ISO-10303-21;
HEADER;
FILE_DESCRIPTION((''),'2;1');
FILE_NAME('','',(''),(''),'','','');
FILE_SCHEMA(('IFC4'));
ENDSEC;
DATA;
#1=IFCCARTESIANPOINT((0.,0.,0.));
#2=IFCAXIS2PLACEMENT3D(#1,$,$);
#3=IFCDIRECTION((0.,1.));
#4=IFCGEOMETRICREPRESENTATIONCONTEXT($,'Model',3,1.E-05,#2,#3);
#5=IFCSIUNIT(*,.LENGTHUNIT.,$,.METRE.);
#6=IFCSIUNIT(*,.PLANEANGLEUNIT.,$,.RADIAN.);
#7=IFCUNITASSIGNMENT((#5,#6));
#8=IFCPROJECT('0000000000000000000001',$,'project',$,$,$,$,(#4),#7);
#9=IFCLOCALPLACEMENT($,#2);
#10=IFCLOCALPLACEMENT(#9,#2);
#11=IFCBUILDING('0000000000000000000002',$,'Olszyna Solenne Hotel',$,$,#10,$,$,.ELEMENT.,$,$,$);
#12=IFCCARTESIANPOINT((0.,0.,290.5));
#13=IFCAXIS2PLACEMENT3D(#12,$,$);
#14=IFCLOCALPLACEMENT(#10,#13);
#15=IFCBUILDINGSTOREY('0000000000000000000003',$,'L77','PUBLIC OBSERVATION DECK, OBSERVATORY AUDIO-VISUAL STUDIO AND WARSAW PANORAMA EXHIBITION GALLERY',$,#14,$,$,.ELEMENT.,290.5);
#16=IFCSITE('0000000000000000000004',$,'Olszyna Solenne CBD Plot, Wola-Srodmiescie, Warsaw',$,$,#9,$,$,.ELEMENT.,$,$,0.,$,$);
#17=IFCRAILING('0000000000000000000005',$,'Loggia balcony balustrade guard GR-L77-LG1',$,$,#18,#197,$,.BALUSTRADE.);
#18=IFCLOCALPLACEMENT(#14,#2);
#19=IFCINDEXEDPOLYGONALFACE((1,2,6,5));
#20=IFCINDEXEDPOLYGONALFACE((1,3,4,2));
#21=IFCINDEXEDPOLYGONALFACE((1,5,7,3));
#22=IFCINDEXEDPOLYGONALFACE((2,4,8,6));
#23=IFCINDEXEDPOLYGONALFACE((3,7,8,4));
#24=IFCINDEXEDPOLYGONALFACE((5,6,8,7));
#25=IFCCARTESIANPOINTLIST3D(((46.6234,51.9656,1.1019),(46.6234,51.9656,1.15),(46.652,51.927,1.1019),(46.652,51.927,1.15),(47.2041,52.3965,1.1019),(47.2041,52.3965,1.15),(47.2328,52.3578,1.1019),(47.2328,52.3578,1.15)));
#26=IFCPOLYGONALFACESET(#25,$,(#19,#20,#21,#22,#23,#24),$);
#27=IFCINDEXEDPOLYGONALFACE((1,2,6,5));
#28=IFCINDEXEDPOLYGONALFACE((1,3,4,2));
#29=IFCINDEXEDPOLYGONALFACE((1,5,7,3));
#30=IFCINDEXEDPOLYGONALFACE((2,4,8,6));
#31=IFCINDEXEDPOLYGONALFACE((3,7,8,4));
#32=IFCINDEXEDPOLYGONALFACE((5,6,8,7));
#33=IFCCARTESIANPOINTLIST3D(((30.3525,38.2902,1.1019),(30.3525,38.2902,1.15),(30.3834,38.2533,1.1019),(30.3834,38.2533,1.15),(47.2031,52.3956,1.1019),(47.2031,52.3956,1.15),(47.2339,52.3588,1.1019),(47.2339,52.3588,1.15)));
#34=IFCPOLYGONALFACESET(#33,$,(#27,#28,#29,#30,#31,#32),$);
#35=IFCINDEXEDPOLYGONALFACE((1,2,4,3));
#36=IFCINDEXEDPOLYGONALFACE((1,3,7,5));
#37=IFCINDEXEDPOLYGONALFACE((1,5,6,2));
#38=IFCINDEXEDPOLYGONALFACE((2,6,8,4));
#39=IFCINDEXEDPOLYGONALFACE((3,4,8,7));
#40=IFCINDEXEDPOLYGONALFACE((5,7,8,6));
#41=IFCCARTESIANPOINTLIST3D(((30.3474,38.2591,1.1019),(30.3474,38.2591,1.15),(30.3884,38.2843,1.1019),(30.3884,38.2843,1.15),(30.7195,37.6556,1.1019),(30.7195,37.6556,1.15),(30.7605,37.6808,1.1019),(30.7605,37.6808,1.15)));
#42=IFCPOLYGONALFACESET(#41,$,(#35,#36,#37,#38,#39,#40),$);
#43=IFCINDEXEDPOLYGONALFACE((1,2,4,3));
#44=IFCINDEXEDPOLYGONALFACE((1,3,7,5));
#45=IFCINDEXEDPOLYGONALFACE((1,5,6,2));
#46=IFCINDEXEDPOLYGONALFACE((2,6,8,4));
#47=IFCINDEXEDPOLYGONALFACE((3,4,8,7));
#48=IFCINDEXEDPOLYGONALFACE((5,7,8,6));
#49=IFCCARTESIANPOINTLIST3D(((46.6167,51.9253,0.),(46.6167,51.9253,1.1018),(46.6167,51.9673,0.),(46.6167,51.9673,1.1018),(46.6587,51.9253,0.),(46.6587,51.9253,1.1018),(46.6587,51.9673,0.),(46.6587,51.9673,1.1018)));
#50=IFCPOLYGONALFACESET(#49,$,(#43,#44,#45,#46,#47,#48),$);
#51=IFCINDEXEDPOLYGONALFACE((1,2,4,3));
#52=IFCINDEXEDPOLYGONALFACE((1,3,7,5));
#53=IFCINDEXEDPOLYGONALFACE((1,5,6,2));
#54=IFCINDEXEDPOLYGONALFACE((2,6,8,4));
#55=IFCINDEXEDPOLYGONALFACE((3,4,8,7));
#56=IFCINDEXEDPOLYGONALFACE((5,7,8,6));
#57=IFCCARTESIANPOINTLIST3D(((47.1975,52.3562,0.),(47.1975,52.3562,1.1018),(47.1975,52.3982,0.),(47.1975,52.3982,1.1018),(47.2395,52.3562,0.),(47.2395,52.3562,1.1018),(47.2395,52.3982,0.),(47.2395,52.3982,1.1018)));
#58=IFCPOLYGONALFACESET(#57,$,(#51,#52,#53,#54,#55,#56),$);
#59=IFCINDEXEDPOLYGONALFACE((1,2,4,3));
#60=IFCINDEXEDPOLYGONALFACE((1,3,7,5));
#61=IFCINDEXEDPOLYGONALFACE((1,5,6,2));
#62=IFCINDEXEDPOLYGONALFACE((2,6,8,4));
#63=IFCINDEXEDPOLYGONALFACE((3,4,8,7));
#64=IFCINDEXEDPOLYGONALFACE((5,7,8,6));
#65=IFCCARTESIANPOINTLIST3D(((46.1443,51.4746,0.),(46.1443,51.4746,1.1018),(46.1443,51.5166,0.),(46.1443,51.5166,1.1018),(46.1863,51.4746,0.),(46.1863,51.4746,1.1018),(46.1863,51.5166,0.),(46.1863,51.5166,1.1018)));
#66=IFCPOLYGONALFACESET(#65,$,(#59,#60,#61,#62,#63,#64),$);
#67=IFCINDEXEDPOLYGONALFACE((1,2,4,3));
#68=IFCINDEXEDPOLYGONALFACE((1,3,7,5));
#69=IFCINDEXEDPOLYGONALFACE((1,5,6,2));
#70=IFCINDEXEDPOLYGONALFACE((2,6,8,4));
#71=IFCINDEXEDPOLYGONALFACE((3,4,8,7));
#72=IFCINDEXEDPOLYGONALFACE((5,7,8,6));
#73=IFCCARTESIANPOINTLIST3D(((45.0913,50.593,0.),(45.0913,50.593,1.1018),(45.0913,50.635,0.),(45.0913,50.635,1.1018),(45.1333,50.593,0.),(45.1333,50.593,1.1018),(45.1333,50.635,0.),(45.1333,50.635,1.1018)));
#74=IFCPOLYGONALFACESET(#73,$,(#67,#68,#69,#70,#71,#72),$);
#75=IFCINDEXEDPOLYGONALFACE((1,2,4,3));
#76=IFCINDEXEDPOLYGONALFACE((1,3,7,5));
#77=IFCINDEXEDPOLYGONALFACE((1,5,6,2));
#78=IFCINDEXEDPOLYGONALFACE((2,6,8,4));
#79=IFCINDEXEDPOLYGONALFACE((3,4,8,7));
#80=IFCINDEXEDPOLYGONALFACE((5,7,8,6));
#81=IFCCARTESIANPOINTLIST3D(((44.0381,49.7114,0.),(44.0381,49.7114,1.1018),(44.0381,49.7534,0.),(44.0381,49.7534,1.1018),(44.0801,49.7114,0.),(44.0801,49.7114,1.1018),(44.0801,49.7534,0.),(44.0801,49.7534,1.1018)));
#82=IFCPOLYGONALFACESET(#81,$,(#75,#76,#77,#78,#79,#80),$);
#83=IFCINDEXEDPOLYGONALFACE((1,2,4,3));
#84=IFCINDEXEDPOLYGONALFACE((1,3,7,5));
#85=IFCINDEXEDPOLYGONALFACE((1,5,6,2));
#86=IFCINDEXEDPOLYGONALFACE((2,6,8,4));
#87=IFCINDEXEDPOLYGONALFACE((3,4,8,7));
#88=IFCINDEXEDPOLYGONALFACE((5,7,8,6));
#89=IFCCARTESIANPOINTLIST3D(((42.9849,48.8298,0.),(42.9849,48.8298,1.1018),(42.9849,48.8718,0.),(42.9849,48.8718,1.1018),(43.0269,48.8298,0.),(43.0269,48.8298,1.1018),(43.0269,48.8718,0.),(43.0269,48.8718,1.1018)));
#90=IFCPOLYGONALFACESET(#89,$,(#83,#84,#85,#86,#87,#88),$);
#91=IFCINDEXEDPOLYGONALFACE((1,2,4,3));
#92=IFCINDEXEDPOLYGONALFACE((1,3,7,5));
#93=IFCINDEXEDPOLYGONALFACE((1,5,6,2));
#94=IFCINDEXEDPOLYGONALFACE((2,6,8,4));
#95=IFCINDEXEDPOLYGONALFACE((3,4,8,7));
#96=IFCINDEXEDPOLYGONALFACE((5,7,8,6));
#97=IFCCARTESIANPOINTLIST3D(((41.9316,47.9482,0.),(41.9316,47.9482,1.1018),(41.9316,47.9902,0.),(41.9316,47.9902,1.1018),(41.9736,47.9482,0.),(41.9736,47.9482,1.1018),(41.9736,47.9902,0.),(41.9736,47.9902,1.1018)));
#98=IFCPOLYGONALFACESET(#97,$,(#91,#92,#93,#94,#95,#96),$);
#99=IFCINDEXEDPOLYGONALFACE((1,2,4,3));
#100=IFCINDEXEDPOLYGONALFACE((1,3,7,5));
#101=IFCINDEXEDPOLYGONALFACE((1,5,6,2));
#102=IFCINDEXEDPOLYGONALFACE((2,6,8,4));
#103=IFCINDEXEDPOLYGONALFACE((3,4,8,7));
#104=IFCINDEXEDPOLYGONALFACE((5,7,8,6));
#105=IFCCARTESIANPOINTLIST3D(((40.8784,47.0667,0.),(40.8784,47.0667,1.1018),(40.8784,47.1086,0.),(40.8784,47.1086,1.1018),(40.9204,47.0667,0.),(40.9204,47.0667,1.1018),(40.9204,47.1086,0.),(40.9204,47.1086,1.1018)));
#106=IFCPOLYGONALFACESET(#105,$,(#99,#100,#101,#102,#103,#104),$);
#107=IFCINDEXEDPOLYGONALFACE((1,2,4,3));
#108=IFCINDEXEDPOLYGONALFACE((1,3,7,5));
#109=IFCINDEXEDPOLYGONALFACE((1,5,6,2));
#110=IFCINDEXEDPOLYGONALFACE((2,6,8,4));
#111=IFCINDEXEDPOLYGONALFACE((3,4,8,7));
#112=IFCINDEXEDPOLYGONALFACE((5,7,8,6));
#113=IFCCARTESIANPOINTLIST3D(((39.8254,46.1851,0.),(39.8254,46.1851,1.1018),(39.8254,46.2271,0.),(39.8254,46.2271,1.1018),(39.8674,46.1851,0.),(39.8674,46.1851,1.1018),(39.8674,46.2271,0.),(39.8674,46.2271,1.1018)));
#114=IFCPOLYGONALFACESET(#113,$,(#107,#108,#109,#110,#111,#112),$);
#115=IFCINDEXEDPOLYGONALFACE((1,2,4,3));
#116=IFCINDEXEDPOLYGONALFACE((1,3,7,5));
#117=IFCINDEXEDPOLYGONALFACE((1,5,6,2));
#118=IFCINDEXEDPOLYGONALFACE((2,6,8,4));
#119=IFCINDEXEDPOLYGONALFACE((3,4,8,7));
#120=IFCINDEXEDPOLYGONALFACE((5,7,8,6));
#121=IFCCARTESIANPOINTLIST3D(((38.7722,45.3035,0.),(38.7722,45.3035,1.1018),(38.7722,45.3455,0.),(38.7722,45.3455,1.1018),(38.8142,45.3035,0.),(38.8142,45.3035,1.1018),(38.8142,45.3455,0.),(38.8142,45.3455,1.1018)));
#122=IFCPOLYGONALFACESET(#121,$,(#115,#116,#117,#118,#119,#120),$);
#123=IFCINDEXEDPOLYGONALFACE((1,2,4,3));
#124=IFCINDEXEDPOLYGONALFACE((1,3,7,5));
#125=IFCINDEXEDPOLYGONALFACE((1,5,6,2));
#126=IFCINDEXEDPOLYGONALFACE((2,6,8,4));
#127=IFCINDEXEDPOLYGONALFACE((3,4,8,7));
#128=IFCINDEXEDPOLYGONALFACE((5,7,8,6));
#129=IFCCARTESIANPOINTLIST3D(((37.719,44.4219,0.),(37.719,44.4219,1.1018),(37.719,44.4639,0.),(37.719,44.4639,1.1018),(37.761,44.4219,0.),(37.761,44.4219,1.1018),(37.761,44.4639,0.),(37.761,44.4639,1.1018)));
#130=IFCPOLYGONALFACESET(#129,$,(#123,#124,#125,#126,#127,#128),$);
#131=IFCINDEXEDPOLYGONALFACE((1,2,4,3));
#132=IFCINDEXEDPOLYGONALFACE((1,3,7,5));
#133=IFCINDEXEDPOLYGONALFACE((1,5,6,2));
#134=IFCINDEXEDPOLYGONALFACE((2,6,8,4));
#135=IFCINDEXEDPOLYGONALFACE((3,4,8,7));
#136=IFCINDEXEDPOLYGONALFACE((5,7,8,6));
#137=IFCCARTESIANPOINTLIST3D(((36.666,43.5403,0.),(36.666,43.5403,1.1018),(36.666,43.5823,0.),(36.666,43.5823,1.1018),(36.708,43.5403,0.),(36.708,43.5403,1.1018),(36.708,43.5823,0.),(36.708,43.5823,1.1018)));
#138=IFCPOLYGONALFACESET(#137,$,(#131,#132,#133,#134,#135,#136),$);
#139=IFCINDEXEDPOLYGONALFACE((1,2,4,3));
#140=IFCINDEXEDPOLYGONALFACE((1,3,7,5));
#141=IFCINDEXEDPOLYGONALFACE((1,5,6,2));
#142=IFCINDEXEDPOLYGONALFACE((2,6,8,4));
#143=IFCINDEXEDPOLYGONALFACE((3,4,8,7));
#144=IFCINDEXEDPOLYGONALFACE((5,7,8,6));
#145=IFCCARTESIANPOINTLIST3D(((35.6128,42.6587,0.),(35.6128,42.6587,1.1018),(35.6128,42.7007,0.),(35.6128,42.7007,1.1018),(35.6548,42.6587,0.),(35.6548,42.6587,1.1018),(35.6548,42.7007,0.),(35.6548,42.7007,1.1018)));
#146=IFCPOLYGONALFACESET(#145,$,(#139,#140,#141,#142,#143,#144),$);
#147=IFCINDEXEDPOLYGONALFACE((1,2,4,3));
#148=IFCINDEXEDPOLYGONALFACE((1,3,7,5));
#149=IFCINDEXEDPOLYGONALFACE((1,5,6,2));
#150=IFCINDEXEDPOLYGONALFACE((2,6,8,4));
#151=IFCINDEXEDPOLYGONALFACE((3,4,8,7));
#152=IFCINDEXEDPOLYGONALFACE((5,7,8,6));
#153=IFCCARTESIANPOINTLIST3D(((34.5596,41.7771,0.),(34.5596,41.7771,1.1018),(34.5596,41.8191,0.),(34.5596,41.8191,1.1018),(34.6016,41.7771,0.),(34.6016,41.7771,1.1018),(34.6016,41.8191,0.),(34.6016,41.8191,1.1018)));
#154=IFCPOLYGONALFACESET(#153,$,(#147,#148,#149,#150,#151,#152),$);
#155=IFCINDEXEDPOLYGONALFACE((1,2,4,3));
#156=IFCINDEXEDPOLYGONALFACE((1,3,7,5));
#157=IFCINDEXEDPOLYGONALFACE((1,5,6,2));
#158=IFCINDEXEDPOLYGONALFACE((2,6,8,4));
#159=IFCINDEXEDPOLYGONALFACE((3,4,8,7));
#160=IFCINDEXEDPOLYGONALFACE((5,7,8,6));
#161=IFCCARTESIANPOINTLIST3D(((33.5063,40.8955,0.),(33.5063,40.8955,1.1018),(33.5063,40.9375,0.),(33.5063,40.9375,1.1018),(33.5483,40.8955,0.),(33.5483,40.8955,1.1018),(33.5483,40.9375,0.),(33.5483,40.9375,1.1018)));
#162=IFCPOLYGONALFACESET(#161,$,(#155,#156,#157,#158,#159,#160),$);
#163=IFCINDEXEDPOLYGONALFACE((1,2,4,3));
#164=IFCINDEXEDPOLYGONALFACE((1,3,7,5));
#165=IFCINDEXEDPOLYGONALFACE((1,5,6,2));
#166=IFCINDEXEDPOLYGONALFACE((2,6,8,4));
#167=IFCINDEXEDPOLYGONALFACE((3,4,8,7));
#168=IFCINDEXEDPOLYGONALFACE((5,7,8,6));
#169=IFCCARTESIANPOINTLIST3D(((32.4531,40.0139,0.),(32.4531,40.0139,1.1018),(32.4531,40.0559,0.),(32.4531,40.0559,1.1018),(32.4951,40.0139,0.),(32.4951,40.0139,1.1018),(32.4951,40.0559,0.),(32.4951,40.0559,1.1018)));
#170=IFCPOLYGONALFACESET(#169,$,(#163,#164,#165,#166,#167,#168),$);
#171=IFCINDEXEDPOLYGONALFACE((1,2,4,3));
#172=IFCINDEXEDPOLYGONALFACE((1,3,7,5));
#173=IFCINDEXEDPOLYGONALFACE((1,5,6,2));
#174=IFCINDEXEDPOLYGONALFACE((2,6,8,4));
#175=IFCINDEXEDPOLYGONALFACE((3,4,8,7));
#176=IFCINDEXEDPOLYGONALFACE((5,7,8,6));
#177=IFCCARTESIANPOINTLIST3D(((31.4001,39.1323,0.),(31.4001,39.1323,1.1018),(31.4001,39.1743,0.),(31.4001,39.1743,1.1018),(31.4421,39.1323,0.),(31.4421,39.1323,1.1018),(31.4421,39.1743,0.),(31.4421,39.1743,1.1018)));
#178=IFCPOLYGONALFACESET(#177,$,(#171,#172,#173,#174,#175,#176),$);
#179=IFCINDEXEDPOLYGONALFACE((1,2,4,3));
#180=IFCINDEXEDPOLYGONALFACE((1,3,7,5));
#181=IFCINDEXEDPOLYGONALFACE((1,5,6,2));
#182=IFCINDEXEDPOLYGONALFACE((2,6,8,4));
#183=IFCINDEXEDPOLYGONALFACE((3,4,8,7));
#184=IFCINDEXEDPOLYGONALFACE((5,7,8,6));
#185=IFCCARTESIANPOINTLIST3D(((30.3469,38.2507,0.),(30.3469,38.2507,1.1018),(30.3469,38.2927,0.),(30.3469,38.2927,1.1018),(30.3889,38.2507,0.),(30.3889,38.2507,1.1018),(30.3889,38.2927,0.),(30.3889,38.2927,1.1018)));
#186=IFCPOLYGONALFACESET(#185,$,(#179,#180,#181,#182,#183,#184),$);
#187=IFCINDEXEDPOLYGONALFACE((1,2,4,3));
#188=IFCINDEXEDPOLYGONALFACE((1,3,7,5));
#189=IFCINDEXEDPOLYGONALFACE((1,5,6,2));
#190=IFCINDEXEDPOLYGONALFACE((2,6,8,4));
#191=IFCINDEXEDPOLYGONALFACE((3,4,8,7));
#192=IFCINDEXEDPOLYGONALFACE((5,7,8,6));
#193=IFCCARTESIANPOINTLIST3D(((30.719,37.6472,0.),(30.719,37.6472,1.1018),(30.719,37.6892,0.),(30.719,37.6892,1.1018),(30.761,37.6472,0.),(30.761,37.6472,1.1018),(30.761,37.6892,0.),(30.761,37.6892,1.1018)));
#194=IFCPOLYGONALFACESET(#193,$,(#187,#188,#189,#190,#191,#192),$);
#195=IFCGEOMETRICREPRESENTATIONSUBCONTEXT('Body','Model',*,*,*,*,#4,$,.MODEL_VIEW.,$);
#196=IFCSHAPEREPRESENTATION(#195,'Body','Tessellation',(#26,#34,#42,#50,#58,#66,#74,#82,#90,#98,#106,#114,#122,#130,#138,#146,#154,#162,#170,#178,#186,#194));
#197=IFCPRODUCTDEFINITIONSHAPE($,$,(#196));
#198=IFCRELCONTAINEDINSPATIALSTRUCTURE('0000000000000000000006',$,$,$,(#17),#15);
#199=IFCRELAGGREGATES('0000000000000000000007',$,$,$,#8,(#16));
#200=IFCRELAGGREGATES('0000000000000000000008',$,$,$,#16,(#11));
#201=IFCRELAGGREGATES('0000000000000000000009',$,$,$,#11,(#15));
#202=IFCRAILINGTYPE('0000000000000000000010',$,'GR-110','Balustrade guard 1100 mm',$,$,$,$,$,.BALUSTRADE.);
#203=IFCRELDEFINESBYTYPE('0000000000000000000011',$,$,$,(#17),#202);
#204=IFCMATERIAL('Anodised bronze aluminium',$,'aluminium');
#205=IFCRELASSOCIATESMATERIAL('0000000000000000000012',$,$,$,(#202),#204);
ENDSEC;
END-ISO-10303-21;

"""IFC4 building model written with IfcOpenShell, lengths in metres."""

from ifc_helpers import new_model, si_unit, direction, frame, origin, origin_2d, place, context, subcontext, project, spatial, rectangle, extrude, material, type_object, element, save


model = new_model("IFC4")

# Units and contexts
model_context = context("Model", 3, precision=1e-05, world=origin(), true_north=direction((0.0, 1.0)))
body_context = subcontext(model_context, "Body", "Model", "MODEL_VIEW")
ifc_project = project(units=[si_unit("LENGTHUNIT", "METRE"), si_unit("PLANEANGLEUNIT", "RADIAN")], contexts=[model_context])

# Site, building, storey
site_placement = place(None, origin())
site = spatial("IfcSite", under=ifc_project, at=site_placement, Name="Olszyna Solenne CBD Plot, Wola-Srodmiescie, Warsaw", CompositionType="ELEMENT", RefElevation=0.0)
building_placement = place(site_placement, origin())
building = spatial("IfcBuilding", under=site, at=building_placement, Name="Olszyna Solenne Hotel", CompositionType="ELEMENT")
storey_placement = place(building_placement, frame((0.0, 0.0, 290.5)))
storey = spatial("IfcBuildingStorey", under=building, at=storey_placement, Name="L77", Description="PUBLIC OBSERVATION DECK, OBSERVATORY AUDIO-VISUAL STUDIO AND WARSAW PANORAMA EXHIBITION GALLERY", CompositionType="ELEMENT", Elevation=290.5)

# Shared definitions
ifc_material_1 = material(Name="Anodised bronze aluminium", Category="aluminium")

# Railing
railing_type = type_object("IfcRailingType", Name="GR-110", Description="Balustrade guard 1100 mm", PredefinedType="BALUSTRADE", material=ifc_material_1)
railing_placement = place(storey_placement, frame((46.6377, 51.9463, 0.0)))
element("IfcRailing", 1, at=railing_placement, inside=storey, type_object=railing_type, Name="Loggia balcony balustrade guard GR-L77-LG1", PredefinedType="BALUSTRADE", context=body_context, shape_type="SweptSolid", body=[
    extrude(rectangle(XDim=0.0481, YDim=0.0481, at=origin_2d()), frame((0.0, 0.0, 1.126), z_axis=(0.803108, 0.595833, 0.0), x_axis=(-0.595833, 0.803108, 0.0)), (0.0, 0.0, 1.0), 0.7231),
    extrude(rectangle(XDim=0.0481, YDim=0.0481, at=origin_2d()), frame((0.5808, 0.4309, 1.126), z_axis=(-0.766802, -0.641883, 0.0), x_axis=(0.641883, -0.766802, 0.0)), (0.0, 0.0, 1.0), 21.9751),
    extrude(rectangle(XDim=0.0481, YDim=0.0481, at=origin_2d()), frame((-16.2698, -13.6746, 1.126), z_axis=(0.524789, -0.851232, 0.0), x_axis=(0.851232, 0.524789, 0.0)), (0.0, 0.0, 1.0), 0.709),
    extrude(rectangle(XDim=0.042, YDim=0.042, at=origin_2d()), origin(), (0.0, 0.0, 1.0), 1.1018),
    extrude(rectangle(XDim=0.042, YDim=0.042, at=origin_2d()), frame((0.5808, 0.4309, 0.0)), (0.0, 0.0, 1.0), 1.1018),
    extrude(rectangle(XDim=0.042, YDim=0.042, at=origin_2d()), frame((-0.4724, -0.4507, 0.0)), (0.0, 0.0, 1.0), 1.1018),
    extrude(rectangle(XDim=0.042, YDim=0.042, at=origin_2d()), frame((-1.5254, -1.3323, 0.0)), (0.0, 0.0, 1.0), 1.1018),
    extrude(rectangle(XDim=0.042, YDim=0.042, at=origin_2d()), frame((-2.5786, -2.2139, 0.0)), (0.0, 0.0, 1.0), 1.1018),
    extrude(rectangle(XDim=0.042, YDim=0.042, at=origin_2d()), frame((-3.6318, -3.0955, 0.0)), (0.0, 0.0, 1.0), 1.1018),
    extrude(rectangle(XDim=0.042, YDim=0.042, at=origin_2d()), frame((-4.6851, -3.9771, 0.0)), (0.0, 0.0, 1.0), 1.1018),
    extrude(rectangle(XDim=0.042, YDim=0.042, at=origin_2d()), frame((-5.7383, -4.8586, 0.0)), (0.0, 0.0, 1.0), 1.1018),
    extrude(rectangle(XDim=0.042, YDim=0.042, at=origin_2d()), frame((-6.7913, -5.7402, 0.0)), (0.0, 0.0, 1.0), 1.1018),
    extrude(rectangle(XDim=0.042, YDim=0.042, at=origin_2d()), frame((-7.8445, -6.6218, 0.0)), (0.0, 0.0, 1.0), 1.1018),
    extrude(rectangle(XDim=0.042, YDim=0.042, at=origin_2d()), frame((-8.8977, -7.5034, 0.0)), (0.0, 0.0, 1.0), 1.1018),
    extrude(rectangle(XDim=0.042, YDim=0.042, at=origin_2d()), frame((-9.9507, -8.385, 0.0)), (0.0, 0.0, 1.0), 1.1018),
    extrude(rectangle(XDim=0.042, YDim=0.042, at=origin_2d()), frame((-11.0039, -9.2666, 0.0)), (0.0, 0.0, 1.0), 1.1018),
    extrude(rectangle(XDim=0.042, YDim=0.042, at=origin_2d()), frame((-12.0571, -10.1482, 0.0)), (0.0, 0.0, 1.0), 1.1018),
    extrude(rectangle(XDim=0.042, YDim=0.042, at=origin_2d()), frame((-13.1104, -11.0298, 0.0)), (0.0, 0.0, 1.0), 1.1018),
    extrude(rectangle(XDim=0.042, YDim=0.042, at=origin_2d()), frame((-14.1636, -11.9114, 0.0)), (0.0, 0.0, 1.0), 1.1018),
    extrude(rectangle(XDim=0.042, YDim=0.042, at=origin_2d()), frame((-15.2166, -12.793, 0.0)), (0.0, 0.0, 1.0), 1.1018),
    extrude(rectangle(XDim=0.042, YDim=0.042, at=origin_2d()), frame((-16.2698, -13.6746, 0.0)), (0.0, 0.0, 1.0), 1.1018),
    extrude(rectangle(XDim=0.042, YDim=0.042, at=origin_2d()), frame((-15.8977, -14.2781, 0.0)), (0.0, 0.0, 1.0), 1.1018),
])

save(model, "model.ifc")
